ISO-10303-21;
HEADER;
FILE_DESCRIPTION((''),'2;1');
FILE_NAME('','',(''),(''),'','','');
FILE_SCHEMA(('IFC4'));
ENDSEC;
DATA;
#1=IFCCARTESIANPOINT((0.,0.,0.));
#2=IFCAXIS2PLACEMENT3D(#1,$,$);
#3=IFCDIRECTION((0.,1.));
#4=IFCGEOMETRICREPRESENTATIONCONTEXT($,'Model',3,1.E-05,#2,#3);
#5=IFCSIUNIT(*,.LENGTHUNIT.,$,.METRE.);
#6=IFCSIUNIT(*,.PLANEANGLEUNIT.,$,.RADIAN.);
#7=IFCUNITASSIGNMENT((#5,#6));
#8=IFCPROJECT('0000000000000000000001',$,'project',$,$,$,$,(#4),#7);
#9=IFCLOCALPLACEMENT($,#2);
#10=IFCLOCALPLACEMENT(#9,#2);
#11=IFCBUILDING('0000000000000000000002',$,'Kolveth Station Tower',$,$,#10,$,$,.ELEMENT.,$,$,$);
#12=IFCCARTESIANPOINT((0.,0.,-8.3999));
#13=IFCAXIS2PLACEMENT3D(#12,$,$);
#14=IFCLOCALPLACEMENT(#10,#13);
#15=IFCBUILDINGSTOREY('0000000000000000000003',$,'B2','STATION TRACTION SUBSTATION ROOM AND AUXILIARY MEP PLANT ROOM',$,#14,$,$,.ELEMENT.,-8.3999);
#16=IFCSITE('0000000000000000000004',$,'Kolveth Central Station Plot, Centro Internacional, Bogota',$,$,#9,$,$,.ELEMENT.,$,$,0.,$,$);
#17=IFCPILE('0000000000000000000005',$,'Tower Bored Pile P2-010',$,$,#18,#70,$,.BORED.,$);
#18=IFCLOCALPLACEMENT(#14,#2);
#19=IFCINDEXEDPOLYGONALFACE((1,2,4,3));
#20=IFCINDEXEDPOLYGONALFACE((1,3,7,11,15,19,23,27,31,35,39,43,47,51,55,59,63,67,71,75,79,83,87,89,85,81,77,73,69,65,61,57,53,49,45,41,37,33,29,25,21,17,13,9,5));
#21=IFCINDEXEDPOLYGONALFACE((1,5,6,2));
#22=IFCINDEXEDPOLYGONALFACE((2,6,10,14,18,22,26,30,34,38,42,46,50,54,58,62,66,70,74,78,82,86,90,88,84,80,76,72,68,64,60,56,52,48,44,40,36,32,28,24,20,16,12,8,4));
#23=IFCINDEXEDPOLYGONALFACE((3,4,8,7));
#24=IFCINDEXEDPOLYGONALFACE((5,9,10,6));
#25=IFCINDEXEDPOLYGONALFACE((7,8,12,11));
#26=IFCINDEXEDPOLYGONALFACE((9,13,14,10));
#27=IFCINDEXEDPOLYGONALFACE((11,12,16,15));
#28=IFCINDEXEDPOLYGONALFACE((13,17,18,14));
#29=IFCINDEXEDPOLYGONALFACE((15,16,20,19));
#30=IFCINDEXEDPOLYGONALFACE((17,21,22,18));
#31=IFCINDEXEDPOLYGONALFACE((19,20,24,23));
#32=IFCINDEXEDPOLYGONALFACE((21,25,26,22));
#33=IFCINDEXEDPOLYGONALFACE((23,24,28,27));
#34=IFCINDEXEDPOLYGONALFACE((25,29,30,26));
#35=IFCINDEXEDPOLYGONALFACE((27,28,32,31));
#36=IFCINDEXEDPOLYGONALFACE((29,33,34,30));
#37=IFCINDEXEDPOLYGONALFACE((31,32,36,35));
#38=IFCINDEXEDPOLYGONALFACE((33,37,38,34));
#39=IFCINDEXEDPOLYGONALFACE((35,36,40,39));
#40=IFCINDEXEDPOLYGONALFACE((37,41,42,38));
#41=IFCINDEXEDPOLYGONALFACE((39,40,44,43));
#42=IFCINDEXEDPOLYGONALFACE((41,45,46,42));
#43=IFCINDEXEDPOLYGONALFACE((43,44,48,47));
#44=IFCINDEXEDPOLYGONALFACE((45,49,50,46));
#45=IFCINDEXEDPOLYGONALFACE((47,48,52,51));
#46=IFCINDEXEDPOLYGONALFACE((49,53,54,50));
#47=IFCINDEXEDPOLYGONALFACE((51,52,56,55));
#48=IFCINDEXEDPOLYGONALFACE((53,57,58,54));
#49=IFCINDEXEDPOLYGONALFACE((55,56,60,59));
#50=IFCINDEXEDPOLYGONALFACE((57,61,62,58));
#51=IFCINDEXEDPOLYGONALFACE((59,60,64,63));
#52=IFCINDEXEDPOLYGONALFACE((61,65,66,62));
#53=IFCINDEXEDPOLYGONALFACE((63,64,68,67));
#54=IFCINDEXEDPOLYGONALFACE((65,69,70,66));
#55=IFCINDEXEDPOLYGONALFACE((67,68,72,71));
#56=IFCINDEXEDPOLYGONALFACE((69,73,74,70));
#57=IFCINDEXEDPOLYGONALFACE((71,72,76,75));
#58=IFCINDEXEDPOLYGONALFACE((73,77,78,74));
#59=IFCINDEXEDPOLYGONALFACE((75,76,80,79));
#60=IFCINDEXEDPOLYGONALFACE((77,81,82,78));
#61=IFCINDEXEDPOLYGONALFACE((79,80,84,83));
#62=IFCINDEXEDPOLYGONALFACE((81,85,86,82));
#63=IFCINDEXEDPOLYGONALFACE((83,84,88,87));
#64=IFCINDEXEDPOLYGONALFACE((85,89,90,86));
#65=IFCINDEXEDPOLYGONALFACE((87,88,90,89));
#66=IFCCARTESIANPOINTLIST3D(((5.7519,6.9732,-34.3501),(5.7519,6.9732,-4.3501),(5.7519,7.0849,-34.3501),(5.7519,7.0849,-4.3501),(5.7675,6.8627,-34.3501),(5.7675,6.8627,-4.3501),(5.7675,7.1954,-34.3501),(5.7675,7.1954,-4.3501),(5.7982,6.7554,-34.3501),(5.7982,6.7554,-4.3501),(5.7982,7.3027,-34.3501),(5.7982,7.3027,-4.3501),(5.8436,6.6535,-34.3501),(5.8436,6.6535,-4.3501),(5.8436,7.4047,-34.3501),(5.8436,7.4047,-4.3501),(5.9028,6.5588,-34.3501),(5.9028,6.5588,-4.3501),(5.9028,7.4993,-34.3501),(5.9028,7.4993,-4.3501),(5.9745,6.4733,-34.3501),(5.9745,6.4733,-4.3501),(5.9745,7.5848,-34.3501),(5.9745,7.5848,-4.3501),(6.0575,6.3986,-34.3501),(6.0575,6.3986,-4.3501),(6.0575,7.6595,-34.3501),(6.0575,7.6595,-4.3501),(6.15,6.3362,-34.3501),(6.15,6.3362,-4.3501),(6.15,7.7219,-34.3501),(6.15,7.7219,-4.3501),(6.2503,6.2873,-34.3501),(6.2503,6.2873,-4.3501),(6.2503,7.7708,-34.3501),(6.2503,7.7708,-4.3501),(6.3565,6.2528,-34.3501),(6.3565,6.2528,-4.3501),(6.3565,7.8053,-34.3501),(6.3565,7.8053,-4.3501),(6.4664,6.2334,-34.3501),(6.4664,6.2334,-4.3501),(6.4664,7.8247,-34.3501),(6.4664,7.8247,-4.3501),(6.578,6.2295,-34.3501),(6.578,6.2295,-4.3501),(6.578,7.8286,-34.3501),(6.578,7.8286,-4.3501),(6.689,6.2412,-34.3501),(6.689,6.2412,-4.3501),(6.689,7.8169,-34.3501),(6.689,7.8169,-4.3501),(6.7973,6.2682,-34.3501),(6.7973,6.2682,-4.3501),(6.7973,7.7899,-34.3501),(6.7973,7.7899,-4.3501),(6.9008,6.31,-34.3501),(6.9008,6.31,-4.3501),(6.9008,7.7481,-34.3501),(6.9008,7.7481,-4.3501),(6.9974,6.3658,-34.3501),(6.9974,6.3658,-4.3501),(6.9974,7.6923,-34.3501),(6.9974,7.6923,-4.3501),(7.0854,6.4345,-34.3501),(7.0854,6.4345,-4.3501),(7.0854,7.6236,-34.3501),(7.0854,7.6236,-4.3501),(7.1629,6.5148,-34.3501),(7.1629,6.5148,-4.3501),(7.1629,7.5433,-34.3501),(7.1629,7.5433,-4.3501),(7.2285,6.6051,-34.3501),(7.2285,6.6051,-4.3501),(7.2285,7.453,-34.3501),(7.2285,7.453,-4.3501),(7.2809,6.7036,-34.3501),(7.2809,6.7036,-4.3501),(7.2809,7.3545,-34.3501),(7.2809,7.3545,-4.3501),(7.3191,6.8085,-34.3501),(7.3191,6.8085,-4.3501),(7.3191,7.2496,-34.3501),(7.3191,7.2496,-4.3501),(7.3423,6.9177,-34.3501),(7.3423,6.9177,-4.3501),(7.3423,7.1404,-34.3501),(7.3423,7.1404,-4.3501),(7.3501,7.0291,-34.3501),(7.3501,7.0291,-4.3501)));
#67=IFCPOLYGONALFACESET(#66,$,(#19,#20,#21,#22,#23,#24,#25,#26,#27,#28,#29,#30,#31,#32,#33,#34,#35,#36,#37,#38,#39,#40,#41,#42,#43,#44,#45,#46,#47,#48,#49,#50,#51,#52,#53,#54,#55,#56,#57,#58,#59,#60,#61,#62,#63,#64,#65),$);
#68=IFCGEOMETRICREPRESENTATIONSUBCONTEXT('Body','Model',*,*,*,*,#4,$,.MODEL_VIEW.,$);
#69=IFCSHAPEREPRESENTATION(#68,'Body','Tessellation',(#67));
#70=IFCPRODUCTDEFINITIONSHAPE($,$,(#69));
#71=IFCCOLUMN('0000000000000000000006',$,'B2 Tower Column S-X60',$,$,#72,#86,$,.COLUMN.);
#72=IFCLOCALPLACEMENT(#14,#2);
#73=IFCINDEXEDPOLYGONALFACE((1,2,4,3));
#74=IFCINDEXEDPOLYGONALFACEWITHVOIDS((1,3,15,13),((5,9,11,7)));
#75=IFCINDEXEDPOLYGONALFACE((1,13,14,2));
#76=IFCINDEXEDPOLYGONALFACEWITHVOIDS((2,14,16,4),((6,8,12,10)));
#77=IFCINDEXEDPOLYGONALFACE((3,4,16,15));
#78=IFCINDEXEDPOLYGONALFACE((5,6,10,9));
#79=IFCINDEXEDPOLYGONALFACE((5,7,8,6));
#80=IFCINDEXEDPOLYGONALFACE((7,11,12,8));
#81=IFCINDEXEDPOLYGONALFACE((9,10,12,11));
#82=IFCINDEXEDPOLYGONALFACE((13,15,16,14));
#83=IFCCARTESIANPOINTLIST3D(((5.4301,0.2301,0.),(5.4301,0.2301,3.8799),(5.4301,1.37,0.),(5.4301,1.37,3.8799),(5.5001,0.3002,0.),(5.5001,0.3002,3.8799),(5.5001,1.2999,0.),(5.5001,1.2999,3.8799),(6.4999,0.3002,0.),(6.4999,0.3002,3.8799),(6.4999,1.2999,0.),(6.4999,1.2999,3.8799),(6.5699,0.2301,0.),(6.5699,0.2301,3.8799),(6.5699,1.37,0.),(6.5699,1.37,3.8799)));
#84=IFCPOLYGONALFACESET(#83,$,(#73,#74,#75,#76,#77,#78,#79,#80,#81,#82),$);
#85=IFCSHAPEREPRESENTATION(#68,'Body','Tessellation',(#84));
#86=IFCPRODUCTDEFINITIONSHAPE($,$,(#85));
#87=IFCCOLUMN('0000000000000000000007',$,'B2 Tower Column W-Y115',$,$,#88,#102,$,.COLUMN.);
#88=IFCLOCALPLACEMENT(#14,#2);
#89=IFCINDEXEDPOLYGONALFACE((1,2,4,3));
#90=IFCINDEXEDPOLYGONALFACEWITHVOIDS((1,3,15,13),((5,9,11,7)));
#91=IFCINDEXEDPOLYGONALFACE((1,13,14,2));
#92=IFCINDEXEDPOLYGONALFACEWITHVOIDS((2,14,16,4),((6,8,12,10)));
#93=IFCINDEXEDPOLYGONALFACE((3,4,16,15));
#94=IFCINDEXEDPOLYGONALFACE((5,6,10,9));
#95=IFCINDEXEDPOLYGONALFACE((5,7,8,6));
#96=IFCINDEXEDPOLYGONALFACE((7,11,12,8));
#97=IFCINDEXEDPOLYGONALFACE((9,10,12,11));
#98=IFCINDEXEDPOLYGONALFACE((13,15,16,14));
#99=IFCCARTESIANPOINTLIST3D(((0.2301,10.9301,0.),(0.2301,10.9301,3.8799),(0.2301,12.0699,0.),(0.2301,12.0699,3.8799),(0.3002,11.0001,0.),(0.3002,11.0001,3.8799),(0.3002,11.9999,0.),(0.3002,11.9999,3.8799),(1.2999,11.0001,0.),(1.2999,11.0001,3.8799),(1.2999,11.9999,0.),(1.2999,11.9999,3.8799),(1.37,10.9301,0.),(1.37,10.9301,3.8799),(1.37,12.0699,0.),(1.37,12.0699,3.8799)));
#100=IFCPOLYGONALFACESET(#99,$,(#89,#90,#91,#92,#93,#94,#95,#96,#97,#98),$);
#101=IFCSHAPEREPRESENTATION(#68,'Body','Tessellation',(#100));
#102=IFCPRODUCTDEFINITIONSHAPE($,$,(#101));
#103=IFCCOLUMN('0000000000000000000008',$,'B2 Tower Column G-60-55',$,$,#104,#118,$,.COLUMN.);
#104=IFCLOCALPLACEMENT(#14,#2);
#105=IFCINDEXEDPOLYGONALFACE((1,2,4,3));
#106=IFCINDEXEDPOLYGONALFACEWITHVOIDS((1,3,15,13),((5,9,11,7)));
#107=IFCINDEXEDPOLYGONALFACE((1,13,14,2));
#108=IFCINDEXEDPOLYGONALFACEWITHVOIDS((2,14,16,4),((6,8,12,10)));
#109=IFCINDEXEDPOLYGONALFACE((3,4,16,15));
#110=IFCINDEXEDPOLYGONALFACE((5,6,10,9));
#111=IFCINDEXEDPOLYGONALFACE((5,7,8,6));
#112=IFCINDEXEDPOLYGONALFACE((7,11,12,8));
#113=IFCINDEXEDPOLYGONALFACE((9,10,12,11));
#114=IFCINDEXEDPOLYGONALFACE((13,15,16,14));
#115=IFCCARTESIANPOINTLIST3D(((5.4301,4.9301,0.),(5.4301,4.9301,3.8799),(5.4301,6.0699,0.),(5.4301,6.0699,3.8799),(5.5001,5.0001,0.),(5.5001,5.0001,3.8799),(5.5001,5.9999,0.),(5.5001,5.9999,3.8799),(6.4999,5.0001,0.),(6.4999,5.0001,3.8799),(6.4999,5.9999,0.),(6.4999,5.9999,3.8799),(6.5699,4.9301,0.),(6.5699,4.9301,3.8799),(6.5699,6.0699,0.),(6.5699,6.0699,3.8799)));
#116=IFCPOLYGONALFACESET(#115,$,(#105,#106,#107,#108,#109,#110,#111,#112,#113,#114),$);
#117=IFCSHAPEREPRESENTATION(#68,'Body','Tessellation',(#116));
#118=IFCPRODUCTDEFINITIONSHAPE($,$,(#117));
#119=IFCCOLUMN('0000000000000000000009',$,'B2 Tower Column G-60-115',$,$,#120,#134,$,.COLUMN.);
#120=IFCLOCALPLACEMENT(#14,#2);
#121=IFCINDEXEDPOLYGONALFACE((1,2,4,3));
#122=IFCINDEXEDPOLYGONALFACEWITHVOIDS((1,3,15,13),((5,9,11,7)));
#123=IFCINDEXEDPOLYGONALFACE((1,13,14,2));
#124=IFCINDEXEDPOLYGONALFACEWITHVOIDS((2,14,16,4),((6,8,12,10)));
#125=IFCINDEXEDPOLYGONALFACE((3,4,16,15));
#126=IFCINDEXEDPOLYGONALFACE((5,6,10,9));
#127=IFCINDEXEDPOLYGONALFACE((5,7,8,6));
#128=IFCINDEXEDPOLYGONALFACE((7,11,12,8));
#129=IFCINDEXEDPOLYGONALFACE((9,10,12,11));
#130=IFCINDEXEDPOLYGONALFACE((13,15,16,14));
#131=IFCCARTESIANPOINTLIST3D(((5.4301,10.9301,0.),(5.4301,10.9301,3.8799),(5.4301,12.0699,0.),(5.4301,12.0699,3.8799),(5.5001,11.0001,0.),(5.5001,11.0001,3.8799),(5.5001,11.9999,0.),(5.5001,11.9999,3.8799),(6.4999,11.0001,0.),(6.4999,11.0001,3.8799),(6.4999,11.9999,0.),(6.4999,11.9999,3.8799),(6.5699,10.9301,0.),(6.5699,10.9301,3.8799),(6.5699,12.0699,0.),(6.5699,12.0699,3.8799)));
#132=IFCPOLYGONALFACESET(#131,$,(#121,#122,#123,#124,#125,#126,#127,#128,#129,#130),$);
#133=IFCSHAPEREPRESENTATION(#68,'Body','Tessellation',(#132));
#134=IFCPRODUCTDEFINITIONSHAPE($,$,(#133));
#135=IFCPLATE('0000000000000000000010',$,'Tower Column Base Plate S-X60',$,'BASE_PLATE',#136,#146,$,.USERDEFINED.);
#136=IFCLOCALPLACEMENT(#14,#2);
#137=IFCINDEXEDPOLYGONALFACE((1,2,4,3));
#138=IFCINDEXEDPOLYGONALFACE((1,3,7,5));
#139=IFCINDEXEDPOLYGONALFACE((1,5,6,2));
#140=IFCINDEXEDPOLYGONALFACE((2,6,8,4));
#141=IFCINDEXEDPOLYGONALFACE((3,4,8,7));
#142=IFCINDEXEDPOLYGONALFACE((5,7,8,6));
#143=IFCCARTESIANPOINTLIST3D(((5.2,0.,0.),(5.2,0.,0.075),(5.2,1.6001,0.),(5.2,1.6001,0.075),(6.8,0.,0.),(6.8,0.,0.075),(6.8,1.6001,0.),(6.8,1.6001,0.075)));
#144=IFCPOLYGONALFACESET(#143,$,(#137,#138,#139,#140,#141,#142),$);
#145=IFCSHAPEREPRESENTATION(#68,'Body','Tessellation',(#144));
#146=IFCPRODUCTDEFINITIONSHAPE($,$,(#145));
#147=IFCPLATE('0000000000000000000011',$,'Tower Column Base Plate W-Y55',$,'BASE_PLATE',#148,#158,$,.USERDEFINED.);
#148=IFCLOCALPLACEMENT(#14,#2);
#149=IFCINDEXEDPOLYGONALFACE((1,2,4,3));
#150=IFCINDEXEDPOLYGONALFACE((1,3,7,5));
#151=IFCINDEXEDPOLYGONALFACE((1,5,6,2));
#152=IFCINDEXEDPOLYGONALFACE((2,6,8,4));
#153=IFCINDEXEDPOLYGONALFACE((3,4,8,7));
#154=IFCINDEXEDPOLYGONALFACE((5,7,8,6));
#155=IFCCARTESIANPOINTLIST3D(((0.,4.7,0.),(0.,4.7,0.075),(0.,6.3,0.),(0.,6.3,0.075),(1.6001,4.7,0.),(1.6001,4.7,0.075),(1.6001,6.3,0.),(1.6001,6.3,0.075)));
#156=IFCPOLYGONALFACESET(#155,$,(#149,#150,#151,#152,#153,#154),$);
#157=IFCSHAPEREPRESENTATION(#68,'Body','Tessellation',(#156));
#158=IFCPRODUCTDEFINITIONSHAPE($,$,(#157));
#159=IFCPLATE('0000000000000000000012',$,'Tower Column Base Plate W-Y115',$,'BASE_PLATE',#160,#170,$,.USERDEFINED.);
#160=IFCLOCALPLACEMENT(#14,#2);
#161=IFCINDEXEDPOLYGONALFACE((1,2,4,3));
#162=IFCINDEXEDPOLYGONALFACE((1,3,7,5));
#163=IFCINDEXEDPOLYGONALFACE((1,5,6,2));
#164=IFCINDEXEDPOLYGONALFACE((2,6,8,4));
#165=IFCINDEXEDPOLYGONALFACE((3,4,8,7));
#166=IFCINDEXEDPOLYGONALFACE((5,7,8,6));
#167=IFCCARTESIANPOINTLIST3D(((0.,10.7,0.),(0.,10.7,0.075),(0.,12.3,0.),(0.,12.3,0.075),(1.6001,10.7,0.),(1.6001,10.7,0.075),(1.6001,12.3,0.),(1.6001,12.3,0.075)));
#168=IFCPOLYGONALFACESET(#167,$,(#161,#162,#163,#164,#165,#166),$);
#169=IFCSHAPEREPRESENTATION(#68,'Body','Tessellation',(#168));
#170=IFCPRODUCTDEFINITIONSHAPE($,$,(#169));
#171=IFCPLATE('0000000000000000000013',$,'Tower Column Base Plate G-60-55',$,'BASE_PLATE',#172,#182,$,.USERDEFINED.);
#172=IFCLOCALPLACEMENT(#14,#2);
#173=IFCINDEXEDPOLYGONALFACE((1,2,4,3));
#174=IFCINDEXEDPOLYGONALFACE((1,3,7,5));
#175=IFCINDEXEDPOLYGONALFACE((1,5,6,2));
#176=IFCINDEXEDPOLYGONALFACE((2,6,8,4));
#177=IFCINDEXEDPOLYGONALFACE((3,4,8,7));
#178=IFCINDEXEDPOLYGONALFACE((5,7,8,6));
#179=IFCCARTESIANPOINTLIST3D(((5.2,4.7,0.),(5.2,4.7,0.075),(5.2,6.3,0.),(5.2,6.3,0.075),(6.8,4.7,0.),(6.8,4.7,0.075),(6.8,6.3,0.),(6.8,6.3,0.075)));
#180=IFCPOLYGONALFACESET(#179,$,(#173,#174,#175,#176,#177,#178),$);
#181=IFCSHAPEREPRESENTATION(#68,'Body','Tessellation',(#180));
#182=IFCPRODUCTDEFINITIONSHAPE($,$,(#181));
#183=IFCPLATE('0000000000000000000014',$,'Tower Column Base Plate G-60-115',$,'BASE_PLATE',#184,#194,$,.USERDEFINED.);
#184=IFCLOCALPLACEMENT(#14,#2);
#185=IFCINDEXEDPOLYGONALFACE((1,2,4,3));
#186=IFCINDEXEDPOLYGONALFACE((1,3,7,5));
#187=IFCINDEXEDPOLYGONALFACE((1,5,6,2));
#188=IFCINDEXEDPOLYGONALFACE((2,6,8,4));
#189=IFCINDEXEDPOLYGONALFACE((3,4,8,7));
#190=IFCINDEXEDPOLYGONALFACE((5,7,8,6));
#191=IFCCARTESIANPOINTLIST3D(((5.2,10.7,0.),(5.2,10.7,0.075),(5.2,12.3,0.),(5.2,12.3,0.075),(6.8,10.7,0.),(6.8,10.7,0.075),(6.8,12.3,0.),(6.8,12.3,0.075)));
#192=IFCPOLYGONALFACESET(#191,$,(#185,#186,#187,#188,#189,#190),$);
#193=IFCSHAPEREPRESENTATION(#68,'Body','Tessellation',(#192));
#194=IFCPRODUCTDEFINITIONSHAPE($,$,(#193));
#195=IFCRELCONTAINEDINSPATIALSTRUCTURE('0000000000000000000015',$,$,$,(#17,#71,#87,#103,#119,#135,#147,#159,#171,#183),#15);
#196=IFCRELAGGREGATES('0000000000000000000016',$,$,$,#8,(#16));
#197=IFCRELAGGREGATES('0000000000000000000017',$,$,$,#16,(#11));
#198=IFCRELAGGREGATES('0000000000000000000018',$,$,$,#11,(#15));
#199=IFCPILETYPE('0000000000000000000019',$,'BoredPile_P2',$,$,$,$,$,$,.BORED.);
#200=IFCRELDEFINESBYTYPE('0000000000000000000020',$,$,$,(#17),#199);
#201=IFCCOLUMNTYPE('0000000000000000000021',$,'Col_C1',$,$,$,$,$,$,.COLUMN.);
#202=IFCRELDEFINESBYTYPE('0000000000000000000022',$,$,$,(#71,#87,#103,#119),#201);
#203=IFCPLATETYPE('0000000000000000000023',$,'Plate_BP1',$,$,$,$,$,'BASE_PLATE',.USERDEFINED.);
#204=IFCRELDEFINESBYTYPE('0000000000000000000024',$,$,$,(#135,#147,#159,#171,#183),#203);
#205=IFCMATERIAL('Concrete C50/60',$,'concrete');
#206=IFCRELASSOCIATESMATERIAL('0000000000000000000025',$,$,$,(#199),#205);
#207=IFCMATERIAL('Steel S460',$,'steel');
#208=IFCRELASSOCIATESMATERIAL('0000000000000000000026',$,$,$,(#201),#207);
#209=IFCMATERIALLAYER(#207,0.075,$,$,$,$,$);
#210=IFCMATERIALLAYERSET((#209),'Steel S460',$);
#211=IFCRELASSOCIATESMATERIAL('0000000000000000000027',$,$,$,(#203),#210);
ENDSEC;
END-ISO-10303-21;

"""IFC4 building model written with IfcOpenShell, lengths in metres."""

from ifc_helpers import new_model, si_unit, direction, frame, origin, origin_2d, place, context, subcontext, project, spatial, rectangle, hollow_rectangle, circle, extrude, source, transform, mapped, material, layer, layer_set, material_profile, profile_set, type_object, element, save


model = new_model("IFC4")

# Units and contexts
model_context = context("Model", 3, precision=1e-05, world=origin(), true_north=direction((0.0, 1.0)))
body_context = subcontext(model_context, "Body", "Model", "MODEL_VIEW")
ifc_project = project(units=[si_unit("LENGTHUNIT", "METRE"), si_unit("PLANEANGLEUNIT", "RADIAN")], contexts=[model_context])

# Site, building, storey
site_placement = place(None, origin())
site = spatial("IfcSite", under=ifc_project, at=site_placement, Name="Kolveth Central Station Plot, Centro Internacional, Bogota", CompositionType="ELEMENT", RefElevation=0.0)
building_placement = place(site_placement, origin())
building = spatial("IfcBuilding", under=site, at=building_placement, Name="Kolveth Station Tower", CompositionType="ELEMENT")
storey_placement = place(building_placement, frame((0.0, 0.0, -8.3999)))
storey = spatial("IfcBuildingStorey", under=building, at=storey_placement, Name="B2", Description="STATION TRACTION SUBSTATION ROOM AND AUXILIARY MEP PLANT ROOM", CompositionType="ELEMENT", Elevation=-8.3999)

# Pile
ifc_material_1 = material(Name="Concrete C50/60", Category="concrete")
ifc_material_profile_1 = material_profile(ifc_material_1, circle(Radius=0.8, at=origin_2d()), Name="PILE-D1600")
ifc_profile_set_1 = profile_set([ifc_material_profile_1], Name="Concrete C50/60")
pile_type = type_object("IfcPileType", Name="BoredPile_P2", PredefinedType="BORED", material=ifc_profile_set_1)
shared_shape_1 = source(origin(), body_context, "Body", "SweptSolid", [
    extrude(circle(Radius=0.8, at=origin_2d()), origin(), (0.0, 0.0, 1.0), 30.0),
])
for number, where, z_axis, x_axis, name in (
    (1, (6.55, 7.0291, -4.3501), (0.0, 0.0, -1.0), (1.0, 0.0, 0.0), "Tower Bored Pile P2-010"),
):
    element("IfcPile", number, at=place(storey_placement, frame(where, z_axis=z_axis, x_axis=x_axis)), inside=storey, type_object=pile_type, Name=name, PredefinedType="BORED", context=body_context, shape_type="MappedRepresentation", body=[
        mapped(shared_shape_1, transform((0.0, 0.0, 0.0), x_axis=(1.0, 0.0, 0.0), y_axis=(0.0, 1.0, 0.0), z_axis=(0.0, 0.0, 1.0), scale=1.0)),
    ])

# Columns
ifc_material_2 = material(Name="Steel S460", Category="steel")
ifc_material_profile_2 = material_profile(ifc_material_2, hollow_rectangle(XDim=1.1399, YDim=1.1399, WallThickness=0.0701, at=origin_2d()), Name="BOX1140x1140x70")
ifc_profile_set_2 = profile_set([ifc_material_profile_2], Name="Steel S460")
column_type = type_object("IfcColumnType", Name="Col_C1", PredefinedType="COLUMN", material=ifc_profile_set_2)
shared_shape_2 = source(origin(), body_context, "Body", "SweptSolid", [
    extrude(hollow_rectangle(XDim=1.1399, YDim=1.1399, WallThickness=0.0701, at=origin_2d()), origin(), (0.0, 0.0, 1.0), 3.8799),
])
for number, where, z_axis, x_axis, name in (
    (2, (6.0, 0.8, 0.0), (0.0, 0.0, 1.0), (1.0, 0.0, 0.0), "B2 Tower Column S-X60"),
    (3, (0.8, 11.5, 0.0), (0.0, 0.0, 1.0), (1.0, 0.0, 0.0), "B2 Tower Column W-Y115"),
    (4, (6.0, 5.5, 0.0), (0.0, 0.0, 1.0), (1.0, 0.0, 0.0), "B2 Tower Column G-60-55"),
    (5, (6.0, 11.5, 0.0), (0.0, 0.0, 1.0), (1.0, 0.0, 0.0), "B2 Tower Column G-60-115"),
):
    element("IfcColumn", number, at=place(storey_placement, frame(where, z_axis=z_axis, x_axis=x_axis)), inside=storey, type_object=column_type, Name=name, PredefinedType="COLUMN", context=body_context, shape_type="MappedRepresentation", body=[
        mapped(shared_shape_2, transform((0.0, 0.0, 0.0), x_axis=(1.0, 0.0, 0.0), y_axis=(0.0, 1.0, 0.0), z_axis=(0.0, 0.0, 1.0), scale=1.0)),
    ])

# Plates
ifc_layer_1 = layer(ifc_material_2, 0.075)
ifc_layer_set_1 = layer_set([ifc_layer_1], Name="Steel S460")
plate_type = type_object("IfcPlateType", Name="Plate_BP1", ElementType="BASE_PLATE", PredefinedType="USERDEFINED", material=ifc_layer_set_1)
shared_shape_3 = source(origin(), body_context, "Body", "SweptSolid", [
    extrude(rectangle(XDim=1.6001, YDim=1.6001, at=origin_2d()), origin(), (0.0, 0.0, 1.0), 0.075),
])
for number, where, z_axis, x_axis, name in (
    (6, (6.0, 0.8, 0.0), (0.0, 0.0, 1.0), (1.0, 0.0, 0.0), "Tower Column Base Plate S-X60"),
    (7, (0.8, 5.5, 0.0), (0.0, 0.0, 1.0), (1.0, 0.0, 0.0), "Tower Column Base Plate W-Y55"),
    (8, (0.8, 11.5, 0.0), (0.0, 0.0, 1.0), (1.0, 0.0, 0.0), "Tower Column Base Plate W-Y115"),
    (9, (6.0, 5.5, 0.0), (0.0, 0.0, 1.0), (1.0, 0.0, 0.0), "Tower Column Base Plate G-60-55"),
    (10, (6.0, 11.5, 0.0), (0.0, 0.0, 1.0), (1.0, 0.0, 0.0), "Tower Column Base Plate G-60-115"),
):
    element("IfcPlate", number, at=place(storey_placement, frame(where, z_axis=z_axis, x_axis=x_axis)), inside=storey, type_object=plate_type, Name=name, ObjectType="BASE_PLATE", PredefinedType="USERDEFINED", context=body_context, shape_type="MappedRepresentation", body=[
        mapped(shared_shape_3, transform((0.0, 0.0, 0.0), x_axis=(1.0, 0.0, 0.0), y_axis=(0.0, 1.0, 0.0), z_axis=(0.0, 0.0, 1.0), scale=1.0)),
    ])

save(model, "model.ifc")
